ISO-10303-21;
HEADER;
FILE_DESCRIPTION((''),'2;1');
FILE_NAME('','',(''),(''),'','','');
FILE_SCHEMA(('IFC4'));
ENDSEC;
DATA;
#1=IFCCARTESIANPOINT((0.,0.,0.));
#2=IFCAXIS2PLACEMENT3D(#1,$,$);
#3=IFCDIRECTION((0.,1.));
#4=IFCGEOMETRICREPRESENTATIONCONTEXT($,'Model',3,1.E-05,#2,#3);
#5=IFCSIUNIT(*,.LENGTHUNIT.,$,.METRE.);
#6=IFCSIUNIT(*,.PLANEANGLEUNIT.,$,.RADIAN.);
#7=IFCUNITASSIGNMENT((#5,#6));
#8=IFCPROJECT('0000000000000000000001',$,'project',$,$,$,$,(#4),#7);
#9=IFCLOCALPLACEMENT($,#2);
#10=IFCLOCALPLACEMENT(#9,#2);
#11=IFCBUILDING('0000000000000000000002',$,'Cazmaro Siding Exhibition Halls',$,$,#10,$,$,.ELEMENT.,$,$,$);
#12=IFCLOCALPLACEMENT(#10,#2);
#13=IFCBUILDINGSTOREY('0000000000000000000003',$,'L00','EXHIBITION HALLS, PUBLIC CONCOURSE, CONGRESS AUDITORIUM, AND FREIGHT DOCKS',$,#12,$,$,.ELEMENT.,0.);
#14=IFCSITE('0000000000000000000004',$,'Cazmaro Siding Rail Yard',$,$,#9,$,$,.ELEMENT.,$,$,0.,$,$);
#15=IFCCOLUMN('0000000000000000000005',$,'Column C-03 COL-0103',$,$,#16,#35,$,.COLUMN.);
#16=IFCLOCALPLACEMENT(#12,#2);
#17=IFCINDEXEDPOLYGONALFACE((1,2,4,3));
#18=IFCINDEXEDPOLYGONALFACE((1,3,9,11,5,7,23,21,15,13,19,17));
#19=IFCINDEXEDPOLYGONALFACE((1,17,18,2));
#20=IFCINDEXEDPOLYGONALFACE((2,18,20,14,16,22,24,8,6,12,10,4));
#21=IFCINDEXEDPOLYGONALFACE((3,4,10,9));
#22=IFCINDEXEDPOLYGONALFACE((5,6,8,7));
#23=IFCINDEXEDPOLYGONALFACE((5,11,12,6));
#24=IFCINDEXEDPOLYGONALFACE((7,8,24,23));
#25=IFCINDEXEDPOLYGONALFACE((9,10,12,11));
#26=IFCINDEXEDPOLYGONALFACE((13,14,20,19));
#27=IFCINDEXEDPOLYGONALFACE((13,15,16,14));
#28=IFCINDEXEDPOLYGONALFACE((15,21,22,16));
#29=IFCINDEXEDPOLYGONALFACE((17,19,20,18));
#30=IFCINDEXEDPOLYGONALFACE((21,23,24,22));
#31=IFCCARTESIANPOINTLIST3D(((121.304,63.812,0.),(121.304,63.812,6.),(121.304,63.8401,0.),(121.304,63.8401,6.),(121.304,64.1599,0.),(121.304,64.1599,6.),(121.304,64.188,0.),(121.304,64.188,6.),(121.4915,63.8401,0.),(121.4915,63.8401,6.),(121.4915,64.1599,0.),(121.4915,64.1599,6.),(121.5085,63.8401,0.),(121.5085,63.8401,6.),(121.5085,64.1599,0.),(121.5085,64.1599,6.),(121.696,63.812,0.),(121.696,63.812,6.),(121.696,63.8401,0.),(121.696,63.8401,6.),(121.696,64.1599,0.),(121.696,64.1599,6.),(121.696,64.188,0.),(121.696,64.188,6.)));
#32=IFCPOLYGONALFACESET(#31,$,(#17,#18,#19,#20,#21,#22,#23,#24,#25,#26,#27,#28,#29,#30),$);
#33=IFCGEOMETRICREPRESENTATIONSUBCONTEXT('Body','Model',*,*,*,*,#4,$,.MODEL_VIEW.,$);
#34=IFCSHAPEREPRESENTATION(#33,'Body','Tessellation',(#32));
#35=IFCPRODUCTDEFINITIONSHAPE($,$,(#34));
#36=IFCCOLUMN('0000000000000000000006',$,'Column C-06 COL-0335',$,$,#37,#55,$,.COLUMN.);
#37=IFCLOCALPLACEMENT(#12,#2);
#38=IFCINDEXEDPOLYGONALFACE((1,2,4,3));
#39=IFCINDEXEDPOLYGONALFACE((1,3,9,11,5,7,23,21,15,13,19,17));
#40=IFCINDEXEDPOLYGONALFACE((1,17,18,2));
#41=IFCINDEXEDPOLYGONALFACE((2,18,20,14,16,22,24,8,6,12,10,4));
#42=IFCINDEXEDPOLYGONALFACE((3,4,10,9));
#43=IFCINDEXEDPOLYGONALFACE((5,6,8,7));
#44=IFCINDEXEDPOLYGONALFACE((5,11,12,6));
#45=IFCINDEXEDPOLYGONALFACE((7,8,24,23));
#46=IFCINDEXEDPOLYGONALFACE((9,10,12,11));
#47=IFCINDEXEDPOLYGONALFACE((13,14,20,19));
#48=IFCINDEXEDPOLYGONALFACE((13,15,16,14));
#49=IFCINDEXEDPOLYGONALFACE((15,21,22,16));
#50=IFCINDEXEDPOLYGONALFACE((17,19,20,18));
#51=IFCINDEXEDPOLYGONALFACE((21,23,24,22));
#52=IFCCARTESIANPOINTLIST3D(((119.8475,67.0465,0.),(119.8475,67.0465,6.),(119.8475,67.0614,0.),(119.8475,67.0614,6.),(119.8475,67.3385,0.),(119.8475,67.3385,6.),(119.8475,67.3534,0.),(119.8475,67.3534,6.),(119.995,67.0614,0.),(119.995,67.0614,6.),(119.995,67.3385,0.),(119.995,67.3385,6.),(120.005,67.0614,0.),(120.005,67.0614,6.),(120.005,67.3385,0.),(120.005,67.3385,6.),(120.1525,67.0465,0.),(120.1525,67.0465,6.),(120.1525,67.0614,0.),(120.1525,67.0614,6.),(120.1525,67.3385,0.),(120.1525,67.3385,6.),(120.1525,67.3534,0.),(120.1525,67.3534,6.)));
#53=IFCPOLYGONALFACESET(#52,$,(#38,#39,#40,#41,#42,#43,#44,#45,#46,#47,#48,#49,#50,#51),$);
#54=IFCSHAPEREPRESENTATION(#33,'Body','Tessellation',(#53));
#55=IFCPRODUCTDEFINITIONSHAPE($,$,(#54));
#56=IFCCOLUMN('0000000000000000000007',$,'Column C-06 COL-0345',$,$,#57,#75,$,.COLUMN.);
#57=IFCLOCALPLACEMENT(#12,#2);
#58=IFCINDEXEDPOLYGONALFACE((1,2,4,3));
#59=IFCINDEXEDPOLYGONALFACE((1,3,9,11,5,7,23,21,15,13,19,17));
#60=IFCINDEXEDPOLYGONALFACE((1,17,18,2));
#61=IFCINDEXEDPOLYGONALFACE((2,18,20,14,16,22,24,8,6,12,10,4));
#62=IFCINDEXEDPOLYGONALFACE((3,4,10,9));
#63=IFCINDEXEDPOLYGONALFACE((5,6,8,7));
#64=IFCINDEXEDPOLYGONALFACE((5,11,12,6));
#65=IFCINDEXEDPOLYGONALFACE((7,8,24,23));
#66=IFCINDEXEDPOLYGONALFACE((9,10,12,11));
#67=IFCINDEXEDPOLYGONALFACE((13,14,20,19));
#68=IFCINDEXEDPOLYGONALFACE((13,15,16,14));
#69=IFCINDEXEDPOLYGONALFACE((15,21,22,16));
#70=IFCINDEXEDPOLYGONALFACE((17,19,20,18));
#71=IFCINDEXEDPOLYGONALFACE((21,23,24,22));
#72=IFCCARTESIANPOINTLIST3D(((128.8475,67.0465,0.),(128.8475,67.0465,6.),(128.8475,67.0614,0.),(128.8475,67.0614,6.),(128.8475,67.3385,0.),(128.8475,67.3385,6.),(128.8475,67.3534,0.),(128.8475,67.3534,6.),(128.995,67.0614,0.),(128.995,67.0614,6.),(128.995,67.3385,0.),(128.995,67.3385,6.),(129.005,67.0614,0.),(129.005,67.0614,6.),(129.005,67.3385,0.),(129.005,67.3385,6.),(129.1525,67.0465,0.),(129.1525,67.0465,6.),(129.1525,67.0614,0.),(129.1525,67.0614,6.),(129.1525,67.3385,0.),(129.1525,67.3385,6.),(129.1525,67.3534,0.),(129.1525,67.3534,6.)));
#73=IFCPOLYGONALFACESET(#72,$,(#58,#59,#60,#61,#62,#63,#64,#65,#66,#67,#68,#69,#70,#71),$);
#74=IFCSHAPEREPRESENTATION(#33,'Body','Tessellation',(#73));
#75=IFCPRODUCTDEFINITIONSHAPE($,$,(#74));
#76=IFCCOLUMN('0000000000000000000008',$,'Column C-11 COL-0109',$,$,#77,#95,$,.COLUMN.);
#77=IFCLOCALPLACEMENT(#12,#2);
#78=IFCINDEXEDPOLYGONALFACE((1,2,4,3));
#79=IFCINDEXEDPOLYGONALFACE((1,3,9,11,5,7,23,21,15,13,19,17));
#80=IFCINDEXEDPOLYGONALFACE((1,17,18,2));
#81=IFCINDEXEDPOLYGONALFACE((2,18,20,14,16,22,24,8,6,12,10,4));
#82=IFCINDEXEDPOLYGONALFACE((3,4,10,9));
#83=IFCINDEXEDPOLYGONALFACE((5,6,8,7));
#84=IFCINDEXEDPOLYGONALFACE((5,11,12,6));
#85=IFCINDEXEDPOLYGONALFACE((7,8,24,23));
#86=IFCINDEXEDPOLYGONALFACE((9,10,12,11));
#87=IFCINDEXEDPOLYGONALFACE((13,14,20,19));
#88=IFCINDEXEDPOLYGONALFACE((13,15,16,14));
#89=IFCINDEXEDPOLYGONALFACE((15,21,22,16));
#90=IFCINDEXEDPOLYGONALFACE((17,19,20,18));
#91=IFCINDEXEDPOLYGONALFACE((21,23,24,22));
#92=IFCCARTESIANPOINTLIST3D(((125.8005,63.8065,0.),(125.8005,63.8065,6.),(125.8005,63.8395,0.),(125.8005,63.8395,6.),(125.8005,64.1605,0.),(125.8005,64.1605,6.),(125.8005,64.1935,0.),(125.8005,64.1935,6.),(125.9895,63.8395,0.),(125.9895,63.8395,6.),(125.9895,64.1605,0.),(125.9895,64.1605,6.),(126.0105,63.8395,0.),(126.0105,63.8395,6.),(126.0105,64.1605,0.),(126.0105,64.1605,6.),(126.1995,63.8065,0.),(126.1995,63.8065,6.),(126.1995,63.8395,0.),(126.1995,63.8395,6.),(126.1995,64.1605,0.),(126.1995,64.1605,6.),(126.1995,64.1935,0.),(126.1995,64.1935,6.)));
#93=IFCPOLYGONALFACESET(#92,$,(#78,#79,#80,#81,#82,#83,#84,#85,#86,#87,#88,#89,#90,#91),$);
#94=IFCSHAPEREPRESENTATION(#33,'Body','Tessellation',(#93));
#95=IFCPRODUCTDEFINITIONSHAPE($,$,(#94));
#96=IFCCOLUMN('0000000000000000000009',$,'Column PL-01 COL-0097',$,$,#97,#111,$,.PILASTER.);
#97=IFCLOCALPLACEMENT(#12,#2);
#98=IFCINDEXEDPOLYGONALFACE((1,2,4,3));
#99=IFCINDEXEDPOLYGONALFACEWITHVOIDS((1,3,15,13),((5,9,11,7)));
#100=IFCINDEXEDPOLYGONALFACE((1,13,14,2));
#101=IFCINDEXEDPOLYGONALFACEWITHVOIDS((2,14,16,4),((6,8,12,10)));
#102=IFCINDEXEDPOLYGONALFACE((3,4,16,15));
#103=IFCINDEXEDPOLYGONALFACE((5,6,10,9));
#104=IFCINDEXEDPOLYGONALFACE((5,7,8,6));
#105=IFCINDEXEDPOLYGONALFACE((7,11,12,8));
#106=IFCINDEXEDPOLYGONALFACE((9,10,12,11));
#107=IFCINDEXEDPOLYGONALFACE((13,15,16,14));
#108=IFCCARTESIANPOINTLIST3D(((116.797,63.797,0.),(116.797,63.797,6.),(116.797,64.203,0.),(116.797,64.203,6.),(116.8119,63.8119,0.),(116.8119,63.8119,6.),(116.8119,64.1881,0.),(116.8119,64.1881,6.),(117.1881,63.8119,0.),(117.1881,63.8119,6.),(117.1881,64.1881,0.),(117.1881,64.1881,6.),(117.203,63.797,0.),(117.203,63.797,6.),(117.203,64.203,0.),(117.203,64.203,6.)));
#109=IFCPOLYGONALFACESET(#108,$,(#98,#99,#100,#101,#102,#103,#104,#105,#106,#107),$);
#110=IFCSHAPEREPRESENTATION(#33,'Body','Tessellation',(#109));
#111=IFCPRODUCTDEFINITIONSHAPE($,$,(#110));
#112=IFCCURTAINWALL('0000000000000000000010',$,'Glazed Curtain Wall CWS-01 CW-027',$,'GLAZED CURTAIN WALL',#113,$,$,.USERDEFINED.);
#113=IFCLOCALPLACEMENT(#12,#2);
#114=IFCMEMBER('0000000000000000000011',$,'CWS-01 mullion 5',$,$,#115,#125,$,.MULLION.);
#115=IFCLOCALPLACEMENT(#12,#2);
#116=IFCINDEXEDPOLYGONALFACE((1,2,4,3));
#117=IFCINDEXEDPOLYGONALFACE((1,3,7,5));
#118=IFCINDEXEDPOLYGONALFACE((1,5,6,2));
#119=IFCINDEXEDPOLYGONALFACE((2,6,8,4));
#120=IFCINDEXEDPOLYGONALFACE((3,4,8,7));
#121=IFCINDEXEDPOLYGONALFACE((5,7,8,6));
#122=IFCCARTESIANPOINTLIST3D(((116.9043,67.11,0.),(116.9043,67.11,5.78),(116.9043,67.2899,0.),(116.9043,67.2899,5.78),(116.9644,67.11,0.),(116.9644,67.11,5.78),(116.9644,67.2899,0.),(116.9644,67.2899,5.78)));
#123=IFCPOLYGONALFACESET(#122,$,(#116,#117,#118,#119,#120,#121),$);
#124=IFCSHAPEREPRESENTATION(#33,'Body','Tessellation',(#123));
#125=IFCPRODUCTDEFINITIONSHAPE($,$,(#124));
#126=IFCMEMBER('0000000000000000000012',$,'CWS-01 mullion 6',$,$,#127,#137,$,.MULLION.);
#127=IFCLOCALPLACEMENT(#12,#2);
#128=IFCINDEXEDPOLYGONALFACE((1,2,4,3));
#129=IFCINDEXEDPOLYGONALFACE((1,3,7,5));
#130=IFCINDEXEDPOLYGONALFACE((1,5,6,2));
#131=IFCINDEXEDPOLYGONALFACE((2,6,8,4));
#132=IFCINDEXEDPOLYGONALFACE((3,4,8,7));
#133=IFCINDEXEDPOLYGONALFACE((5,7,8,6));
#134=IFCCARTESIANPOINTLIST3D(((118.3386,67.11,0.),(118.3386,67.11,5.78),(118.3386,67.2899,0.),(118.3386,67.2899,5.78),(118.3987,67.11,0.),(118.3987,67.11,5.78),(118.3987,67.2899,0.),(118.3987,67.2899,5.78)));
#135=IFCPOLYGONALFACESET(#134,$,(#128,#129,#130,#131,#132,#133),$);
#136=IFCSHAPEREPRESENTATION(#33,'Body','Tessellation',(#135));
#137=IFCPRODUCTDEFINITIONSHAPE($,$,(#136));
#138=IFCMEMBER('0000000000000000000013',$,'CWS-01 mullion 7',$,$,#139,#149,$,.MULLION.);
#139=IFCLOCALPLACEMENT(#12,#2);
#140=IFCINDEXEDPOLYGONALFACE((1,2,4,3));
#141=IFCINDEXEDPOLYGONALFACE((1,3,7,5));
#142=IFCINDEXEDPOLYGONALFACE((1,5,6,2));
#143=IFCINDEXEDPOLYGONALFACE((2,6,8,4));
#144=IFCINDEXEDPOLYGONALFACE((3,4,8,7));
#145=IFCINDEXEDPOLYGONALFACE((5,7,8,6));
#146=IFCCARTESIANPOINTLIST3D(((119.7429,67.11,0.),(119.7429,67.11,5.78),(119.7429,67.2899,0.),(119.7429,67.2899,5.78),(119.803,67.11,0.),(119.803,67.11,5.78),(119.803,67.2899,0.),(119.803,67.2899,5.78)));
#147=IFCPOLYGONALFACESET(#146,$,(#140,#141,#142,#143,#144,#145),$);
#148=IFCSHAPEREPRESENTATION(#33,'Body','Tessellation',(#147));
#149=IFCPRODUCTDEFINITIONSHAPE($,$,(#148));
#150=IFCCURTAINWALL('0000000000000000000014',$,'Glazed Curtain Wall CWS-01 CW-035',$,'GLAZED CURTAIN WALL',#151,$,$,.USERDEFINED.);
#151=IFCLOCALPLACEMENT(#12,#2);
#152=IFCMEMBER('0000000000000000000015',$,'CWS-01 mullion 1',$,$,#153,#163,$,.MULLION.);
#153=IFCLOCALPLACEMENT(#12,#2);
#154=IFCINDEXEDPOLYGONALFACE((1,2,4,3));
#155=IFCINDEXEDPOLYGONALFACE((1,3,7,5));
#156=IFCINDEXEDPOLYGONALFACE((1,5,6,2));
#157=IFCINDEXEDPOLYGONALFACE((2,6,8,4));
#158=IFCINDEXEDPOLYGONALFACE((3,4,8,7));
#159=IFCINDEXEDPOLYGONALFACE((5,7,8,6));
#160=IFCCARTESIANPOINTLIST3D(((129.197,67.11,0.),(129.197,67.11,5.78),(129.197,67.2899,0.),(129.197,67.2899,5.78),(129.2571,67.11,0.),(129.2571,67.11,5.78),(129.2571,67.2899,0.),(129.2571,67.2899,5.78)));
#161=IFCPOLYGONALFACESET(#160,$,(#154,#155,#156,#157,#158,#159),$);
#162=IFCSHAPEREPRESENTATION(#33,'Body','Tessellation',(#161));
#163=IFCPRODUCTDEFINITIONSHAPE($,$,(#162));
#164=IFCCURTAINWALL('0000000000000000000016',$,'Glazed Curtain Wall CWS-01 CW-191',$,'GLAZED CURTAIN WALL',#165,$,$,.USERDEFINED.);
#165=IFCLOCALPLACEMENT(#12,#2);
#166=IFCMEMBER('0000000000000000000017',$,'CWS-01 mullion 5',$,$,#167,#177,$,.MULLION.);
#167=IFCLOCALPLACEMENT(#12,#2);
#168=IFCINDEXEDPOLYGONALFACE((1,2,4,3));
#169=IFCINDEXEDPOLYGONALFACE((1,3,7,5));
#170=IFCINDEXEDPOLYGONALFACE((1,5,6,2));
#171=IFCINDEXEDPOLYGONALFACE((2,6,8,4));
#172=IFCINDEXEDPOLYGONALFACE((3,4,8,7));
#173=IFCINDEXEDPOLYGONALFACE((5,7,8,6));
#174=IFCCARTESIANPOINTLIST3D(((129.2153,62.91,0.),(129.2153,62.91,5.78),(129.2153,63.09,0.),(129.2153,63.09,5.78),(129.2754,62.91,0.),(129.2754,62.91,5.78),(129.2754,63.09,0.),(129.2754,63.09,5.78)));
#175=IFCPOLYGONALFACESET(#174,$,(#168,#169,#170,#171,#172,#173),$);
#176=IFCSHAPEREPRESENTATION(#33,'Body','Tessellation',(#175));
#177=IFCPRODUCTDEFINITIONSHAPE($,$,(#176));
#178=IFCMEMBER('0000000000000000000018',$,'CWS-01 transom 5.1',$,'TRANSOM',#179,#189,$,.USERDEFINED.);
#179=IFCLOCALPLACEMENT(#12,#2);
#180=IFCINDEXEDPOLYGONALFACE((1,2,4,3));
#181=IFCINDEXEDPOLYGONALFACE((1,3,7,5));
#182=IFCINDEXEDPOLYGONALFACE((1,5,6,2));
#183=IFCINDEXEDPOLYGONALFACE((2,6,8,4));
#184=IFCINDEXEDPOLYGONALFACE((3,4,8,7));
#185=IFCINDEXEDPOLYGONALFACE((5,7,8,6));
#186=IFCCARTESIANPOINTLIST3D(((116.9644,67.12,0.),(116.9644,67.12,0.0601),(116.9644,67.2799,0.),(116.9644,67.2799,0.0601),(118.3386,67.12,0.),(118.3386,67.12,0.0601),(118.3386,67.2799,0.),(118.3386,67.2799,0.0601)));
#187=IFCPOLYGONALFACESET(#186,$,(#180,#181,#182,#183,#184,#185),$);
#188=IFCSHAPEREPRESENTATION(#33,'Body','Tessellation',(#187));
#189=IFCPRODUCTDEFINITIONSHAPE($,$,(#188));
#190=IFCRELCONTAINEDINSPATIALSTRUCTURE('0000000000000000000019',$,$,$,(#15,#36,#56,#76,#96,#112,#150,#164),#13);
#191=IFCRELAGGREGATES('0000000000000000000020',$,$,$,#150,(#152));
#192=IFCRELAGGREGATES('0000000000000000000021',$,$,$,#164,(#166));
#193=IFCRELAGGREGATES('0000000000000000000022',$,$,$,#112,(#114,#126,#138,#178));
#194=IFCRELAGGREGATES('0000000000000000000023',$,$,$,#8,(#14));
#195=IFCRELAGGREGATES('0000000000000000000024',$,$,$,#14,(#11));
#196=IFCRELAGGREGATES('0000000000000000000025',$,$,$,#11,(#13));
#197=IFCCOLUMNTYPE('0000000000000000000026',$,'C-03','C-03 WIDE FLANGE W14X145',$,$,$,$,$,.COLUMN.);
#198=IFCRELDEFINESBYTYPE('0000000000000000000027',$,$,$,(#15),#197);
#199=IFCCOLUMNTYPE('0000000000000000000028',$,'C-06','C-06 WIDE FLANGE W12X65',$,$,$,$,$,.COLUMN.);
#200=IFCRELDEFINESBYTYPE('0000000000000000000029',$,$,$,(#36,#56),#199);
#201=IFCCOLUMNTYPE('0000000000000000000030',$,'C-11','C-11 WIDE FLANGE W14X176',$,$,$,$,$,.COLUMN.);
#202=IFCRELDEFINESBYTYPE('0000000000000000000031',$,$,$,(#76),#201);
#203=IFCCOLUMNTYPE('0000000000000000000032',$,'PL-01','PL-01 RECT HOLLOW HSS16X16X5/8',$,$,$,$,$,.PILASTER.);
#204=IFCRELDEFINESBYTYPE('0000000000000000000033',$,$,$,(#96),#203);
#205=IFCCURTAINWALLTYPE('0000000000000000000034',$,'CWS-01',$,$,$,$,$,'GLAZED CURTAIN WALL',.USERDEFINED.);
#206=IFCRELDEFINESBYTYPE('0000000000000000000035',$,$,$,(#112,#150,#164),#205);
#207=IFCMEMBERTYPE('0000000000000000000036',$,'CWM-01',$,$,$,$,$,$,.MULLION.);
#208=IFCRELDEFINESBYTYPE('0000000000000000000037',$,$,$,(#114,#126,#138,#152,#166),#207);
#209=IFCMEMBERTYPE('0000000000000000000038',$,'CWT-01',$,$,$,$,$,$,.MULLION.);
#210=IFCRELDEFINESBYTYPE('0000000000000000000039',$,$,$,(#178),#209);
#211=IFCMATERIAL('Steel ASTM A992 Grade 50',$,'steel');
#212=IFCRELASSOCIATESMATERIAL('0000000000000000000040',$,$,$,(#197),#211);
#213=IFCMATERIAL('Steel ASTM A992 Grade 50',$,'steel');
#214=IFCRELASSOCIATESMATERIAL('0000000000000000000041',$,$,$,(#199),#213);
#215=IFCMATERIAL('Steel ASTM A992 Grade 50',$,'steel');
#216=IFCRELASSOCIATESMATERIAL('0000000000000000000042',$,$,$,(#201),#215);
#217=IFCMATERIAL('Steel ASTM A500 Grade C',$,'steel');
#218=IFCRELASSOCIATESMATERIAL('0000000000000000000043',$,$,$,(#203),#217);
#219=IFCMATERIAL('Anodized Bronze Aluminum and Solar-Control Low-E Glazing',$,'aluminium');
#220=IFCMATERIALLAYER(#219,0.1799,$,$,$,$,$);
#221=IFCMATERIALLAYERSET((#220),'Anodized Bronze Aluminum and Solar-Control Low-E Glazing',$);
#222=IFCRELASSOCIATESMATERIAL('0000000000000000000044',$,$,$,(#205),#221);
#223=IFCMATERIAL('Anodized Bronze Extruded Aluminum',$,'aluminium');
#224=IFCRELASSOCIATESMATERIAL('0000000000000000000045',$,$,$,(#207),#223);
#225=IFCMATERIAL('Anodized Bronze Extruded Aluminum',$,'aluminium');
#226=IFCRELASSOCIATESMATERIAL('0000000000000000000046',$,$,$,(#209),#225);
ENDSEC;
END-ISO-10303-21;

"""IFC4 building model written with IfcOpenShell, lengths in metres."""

from ifc_helpers import new_model, si_unit, direction, frame, origin, origin_2d, place, context, subcontext, project, spatial, rectangle, hollow_rectangle, i_section, extrude, material, layer, layer_set, material_profile, profile_set, type_object, element, aggregate, save


model = new_model("IFC4")

# Units and contexts
model_context = context("Model", 3, precision=1e-05, world=origin(), true_north=direction((0.0, 1.0)))
body_context = subcontext(model_context, "Body", "Model", "MODEL_VIEW")
ifc_project = project(units=[si_unit("LENGTHUNIT", "METRE"), si_unit("PLANEANGLEUNIT", "RADIAN")], contexts=[model_context])

# Site, building, storey
site_placement = place(None, origin())
site = spatial("IfcSite", under=ifc_project, at=site_placement, Name="Cazmaro Siding Rail Yard", CompositionType="ELEMENT", RefElevation=0.0)
building_placement = place(site_placement, origin())
building = spatial("IfcBuilding", under=site, at=building_placement, Name="Cazmaro Siding Exhibition Halls", CompositionType="ELEMENT")
storey_placement = place(building_placement, origin())
storey = spatial("IfcBuildingStorey", under=building, at=storey_placement, Name="L00", Description="EXHIBITION HALLS, PUBLIC CONCOURSE, CONGRESS AUDITORIUM, AND FREIGHT DOCKS", CompositionType="ELEMENT", Elevation=0.0)

# Columns
ifc_material_1 = material(Name="Steel ASTM A992 Grade 50", Category="steel")
ifc_material_profile_1 = material_profile(ifc_material_1, i_section(OverallWidth=0.3921, OverallDepth=0.376, WebThickness=0.0171, FlangeThickness=0.0281, at=origin_2d()), Name="W14X145")
ifc_profile_set_1 = profile_set([ifc_material_profile_1], Name="Steel ASTM A992 Grade 50")
column_type_1 = type_object("IfcColumnType", Name="C-03", Description="C-03 WIDE FLANGE W14X145", PredefinedType="COLUMN", material=ifc_profile_set_1)
column_1_placement = place(storey_placement, frame((121.5, 64.0, 0.0), z_axis=(0.0, 0.0, 1.0), x_axis=(1.0, 0.0, 0.0)))
element("IfcColumn", 1, at=column_1_placement, inside=storey, type_object=column_type_1, Name="Column C-03 COL-0103", PredefinedType="COLUMN", context=body_context, shape_type="SweptSolid", body=[
    extrude(i_section(OverallWidth=0.3921, OverallDepth=0.376, WebThickness=0.0171, FlangeThickness=0.0281, at=origin_2d()), origin(), (0.0, 0.0, 1.0), 6.0),
])
ifc_material_2 = material(Name="Steel ASTM A992 Grade 50", Category="steel")
ifc_material_profile_2 = material_profile(ifc_material_2, i_section(OverallWidth=0.3049, OverallDepth=0.3069, WebThickness=0.01, FlangeThickness=0.0149, at=origin_2d()), Name="W12X65")
ifc_profile_set_2 = profile_set([ifc_material_profile_2], Name="Steel ASTM A992 Grade 50")
column_type_2 = type_object("IfcColumnType", Name="C-06", Description="C-06 WIDE FLANGE W12X65", PredefinedType="COLUMN", material=ifc_profile_set_2)
for number, where, z_axis, x_axis, name in (
    (2, (120.0, 67.2, 0.0), (0.0, 0.0, 1.0), (1.0, 0.0, 0.0), "Column C-06 COL-0335"),
    (3, (129.0, 67.2, 0.0), (0.0, 0.0, 1.0), (1.0, 0.0, 0.0), "Column C-06 COL-0345"),
):
    element("IfcColumn", number, at=place(storey_placement, frame(where, z_axis=z_axis, x_axis=x_axis)), inside=storey, type_object=column_type_2, Name=name, PredefinedType="COLUMN", context=body_context, shape_type="SweptSolid", body=[
        extrude(i_section(OverallWidth=0.3049, OverallDepth=0.3069, WebThickness=0.01, FlangeThickness=0.0149, at=origin_2d()), origin(), (0.0, 0.0, 1.0), 6.0),
    ])
ifc_material_3 = material(Name="Steel ASTM A992 Grade 50", Category="steel")
ifc_material_profile_3 = material_profile(ifc_material_3, i_section(OverallWidth=0.3989, OverallDepth=0.387, WebThickness=0.021, FlangeThickness=0.033, at=origin_2d()), Name="W14X176")
ifc_profile_set_3 = profile_set([ifc_material_profile_3], Name="Steel ASTM A992 Grade 50")
column_type_3 = type_object("IfcColumnType", Name="C-11", Description="C-11 WIDE FLANGE W14X176", PredefinedType="COLUMN", material=ifc_profile_set_3)
column_2_placement = place(storey_placement, frame((126.0, 64.0, 0.0), z_axis=(0.0, 0.0, 1.0), x_axis=(1.0, 0.0, 0.0)))
element("IfcColumn", 4, at=column_2_placement, inside=storey, type_object=column_type_3, Name="Column C-11 COL-0109", PredefinedType="COLUMN", context=body_context, shape_type="SweptSolid", body=[
    extrude(i_section(OverallWidth=0.3989, OverallDepth=0.387, WebThickness=0.021, FlangeThickness=0.033, at=origin_2d()), origin(), (0.0, 0.0, 1.0), 6.0),
])
ifc_material_4 = material(Name="Steel ASTM A500 Grade C", Category="steel")
ifc_material_profile_4 = material_profile(ifc_material_4, hollow_rectangle(XDim=0.406, YDim=0.406, WallThickness=0.0149, at=origin_2d()), Name="HSS16X16X5/8")
ifc_profile_set_4 = profile_set([ifc_material_profile_4], Name="Steel ASTM A500 Grade C")
column_type_4 = type_object("IfcColumnType", Name="PL-01", Description="PL-01 RECT HOLLOW HSS16X16X5/8", PredefinedType="PILASTER", material=ifc_profile_set_4)
column_3_placement = place(storey_placement, frame((117.0, 64.0, 0.0), z_axis=(0.0, 0.0, 1.0), x_axis=(1.0, 0.0, 0.0)))
element("IfcColumn", 5, at=column_3_placement, inside=storey, type_object=column_type_4, Name="Column PL-01 COL-0097", PredefinedType="PILASTER", context=body_context, shape_type="SweptSolid", body=[
    extrude(hollow_rectangle(XDim=0.406, YDim=0.406, WallThickness=0.0149, at=origin_2d()), origin(), (0.0, 0.0, 1.0), 6.0),
])

# Curtain wall, members
ifc_material_5 = material(Name="Anodized Bronze Aluminum and Solar-Control Low-E Glazing", Category="aluminium")
ifc_layer_1 = layer(ifc_material_5, 0.1799)
ifc_layer_set_1 = layer_set([ifc_layer_1], Name="Anodized Bronze Aluminum and Solar-Control Low-E Glazing")
curtain_wall_type = type_object("IfcCurtainWallType", Name="CWS-01", ElementType="GLAZED CURTAIN WALL", PredefinedType="USERDEFINED", material=ifc_layer_set_1)
curtain_wall_1_placement = place(storey_placement, origin())
curtain_wall_1 = element("IfcCurtainWall", 6, at=curtain_wall_1_placement, inside=storey, type_object=curtain_wall_type, Name="Glazed Curtain Wall CWS-01 CW-027", ObjectType="GLAZED CURTAIN WALL", PredefinedType="USERDEFINED")
ifc_material_6 = material(Name="Anodized Bronze Extruded Aluminum", Category="aluminium")
ifc_material_profile_5 = material_profile(ifc_material_6, rectangle(XDim=0.1799, YDim=0.0601, at=origin_2d()), Name="CWM-01")
ifc_profile_set_5 = profile_set([ifc_material_profile_5], Name="Anodized Bronze Extruded Aluminum")
member_type_1 = type_object("IfcMemberType", Name="CWM-01", PredefinedType="MULLION", material=ifc_profile_set_5)
member_1_placement = place(storey_placement, frame((116.9343, 67.2, 0.0), z_axis=(0.0, 0.0, 1.0), x_axis=(0.0, 1.0, 0.0)))
member_1 = element("IfcMember", 7, at=member_1_placement, type_object=member_type_1, Name="CWS-01 mullion 5", PredefinedType="MULLION", context=body_context, shape_type="SweptSolid", body=[
    extrude(rectangle(XDim=0.1799, YDim=0.0601, at=origin_2d()), origin(), (0.0, 0.0, 1.0), 5.78),
])
member_2_placement = place(storey_placement, frame((118.3687, 67.2, 0.0), z_axis=(0.0, 0.0, 1.0), x_axis=(0.0, 1.0, 0.0)))
member_2 = element("IfcMember", 8, at=member_2_placement, type_object=member_type_1, Name="CWS-01 mullion 6", PredefinedType="MULLION", context=body_context, shape_type="SweptSolid", body=[
    extrude(rectangle(XDim=0.1799, YDim=0.0601, at=origin_2d()), origin(), (0.0, 0.0, 1.0), 5.78),
])
member_3_placement = place(storey_placement, frame((119.7729, 67.2, 0.0), z_axis=(0.0, 0.0, 1.0), x_axis=(0.0, 1.0, 0.0)))
member_3 = element("IfcMember", 9, at=member_3_placement, type_object=member_type_1, Name="CWS-01 mullion 7", PredefinedType="MULLION", context=body_context, shape_type="SweptSolid", body=[
    extrude(rectangle(XDim=0.1799, YDim=0.0601, at=origin_2d()), origin(), (0.0, 0.0, 1.0), 5.78),
])

# Curtain walls, members
curtain_wall_2_placement = place(storey_placement, origin())
curtain_wall_2 = element("IfcCurtainWall", 10, at=curtain_wall_2_placement, inside=storey, type_object=curtain_wall_type, Name="Glazed Curtain Wall CWS-01 CW-035", ObjectType="GLAZED CURTAIN WALL", PredefinedType="USERDEFINED")
member_4_placement = place(storey_placement, frame((129.2271, 67.2, 0.0), z_axis=(0.0, 0.0, 1.0), x_axis=(0.0, 1.0, 0.0)))
member_4 = element("IfcMember", 11, at=member_4_placement, type_object=member_type_1, Name="CWS-01 mullion 1", PredefinedType="MULLION", context=body_context, shape_type="SweptSolid", body=[
    extrude(rectangle(XDim=0.1799, YDim=0.0601, at=origin_2d()), origin(), (0.0, 0.0, 1.0), 5.78),
])
curtain_wall_3_placement = place(storey_placement, origin())
curtain_wall_3 = element("IfcCurtainWall", 12, at=curtain_wall_3_placement, inside=storey, type_object=curtain_wall_type, Name="Glazed Curtain Wall CWS-01 CW-191", ObjectType="GLAZED CURTAIN WALL", PredefinedType="USERDEFINED")
member_5_placement = place(storey_placement, frame((129.2454, 63.0, 0.0), z_axis=(0.0, 0.0, 1.0), x_axis=(0.0, -1.0, 0.0)))
member_5 = element("IfcMember", 13, at=member_5_placement, type_object=member_type_1, Name="CWS-01 mullion 5", PredefinedType="MULLION", context=body_context, shape_type="SweptSolid", body=[
    extrude(rectangle(XDim=0.1799, YDim=0.0601, at=origin_2d()), origin(), (0.0, 0.0, 1.0), 5.78),
])

# Member
ifc_material_7 = material(Name="Anodized Bronze Extruded Aluminum", Category="aluminium")
ifc_material_profile_6 = material_profile(ifc_material_7, rectangle(XDim=0.1599, YDim=0.0601, at=origin_2d()), Name="CWT-01")
ifc_profile_set_6 = profile_set([ifc_material_profile_6], Name="Anodized Bronze Extruded Aluminum")
member_type_2 = type_object("IfcMemberType", Name="CWT-01", PredefinedType="MULLION", material=ifc_profile_set_6)
member_6_placement = place(storey_placement, frame((116.9644, 67.2, 0.03), z_axis=(1.0, 0.0, 0.0), x_axis=(0.0, 1.0, 0.0)))
member_6 = element("IfcMember", 14, at=member_6_placement, type_object=member_type_2, Name="CWS-01 transom 5.1", ObjectType="TRANSOM", PredefinedType="USERDEFINED", context=body_context, shape_type="SweptSolid", body=[
    extrude(rectangle(XDim=0.1599, YDim=0.0601, at=origin_2d()), origin(), (0.0, 0.0, 1.0), 1.3743),
])
aggregate(curtain_wall_2, [member_4])
aggregate(curtain_wall_3, [member_5])

aggregate(curtain_wall_1, [member_1, member_2, member_3, member_6])

save(model, "model.ifc")
